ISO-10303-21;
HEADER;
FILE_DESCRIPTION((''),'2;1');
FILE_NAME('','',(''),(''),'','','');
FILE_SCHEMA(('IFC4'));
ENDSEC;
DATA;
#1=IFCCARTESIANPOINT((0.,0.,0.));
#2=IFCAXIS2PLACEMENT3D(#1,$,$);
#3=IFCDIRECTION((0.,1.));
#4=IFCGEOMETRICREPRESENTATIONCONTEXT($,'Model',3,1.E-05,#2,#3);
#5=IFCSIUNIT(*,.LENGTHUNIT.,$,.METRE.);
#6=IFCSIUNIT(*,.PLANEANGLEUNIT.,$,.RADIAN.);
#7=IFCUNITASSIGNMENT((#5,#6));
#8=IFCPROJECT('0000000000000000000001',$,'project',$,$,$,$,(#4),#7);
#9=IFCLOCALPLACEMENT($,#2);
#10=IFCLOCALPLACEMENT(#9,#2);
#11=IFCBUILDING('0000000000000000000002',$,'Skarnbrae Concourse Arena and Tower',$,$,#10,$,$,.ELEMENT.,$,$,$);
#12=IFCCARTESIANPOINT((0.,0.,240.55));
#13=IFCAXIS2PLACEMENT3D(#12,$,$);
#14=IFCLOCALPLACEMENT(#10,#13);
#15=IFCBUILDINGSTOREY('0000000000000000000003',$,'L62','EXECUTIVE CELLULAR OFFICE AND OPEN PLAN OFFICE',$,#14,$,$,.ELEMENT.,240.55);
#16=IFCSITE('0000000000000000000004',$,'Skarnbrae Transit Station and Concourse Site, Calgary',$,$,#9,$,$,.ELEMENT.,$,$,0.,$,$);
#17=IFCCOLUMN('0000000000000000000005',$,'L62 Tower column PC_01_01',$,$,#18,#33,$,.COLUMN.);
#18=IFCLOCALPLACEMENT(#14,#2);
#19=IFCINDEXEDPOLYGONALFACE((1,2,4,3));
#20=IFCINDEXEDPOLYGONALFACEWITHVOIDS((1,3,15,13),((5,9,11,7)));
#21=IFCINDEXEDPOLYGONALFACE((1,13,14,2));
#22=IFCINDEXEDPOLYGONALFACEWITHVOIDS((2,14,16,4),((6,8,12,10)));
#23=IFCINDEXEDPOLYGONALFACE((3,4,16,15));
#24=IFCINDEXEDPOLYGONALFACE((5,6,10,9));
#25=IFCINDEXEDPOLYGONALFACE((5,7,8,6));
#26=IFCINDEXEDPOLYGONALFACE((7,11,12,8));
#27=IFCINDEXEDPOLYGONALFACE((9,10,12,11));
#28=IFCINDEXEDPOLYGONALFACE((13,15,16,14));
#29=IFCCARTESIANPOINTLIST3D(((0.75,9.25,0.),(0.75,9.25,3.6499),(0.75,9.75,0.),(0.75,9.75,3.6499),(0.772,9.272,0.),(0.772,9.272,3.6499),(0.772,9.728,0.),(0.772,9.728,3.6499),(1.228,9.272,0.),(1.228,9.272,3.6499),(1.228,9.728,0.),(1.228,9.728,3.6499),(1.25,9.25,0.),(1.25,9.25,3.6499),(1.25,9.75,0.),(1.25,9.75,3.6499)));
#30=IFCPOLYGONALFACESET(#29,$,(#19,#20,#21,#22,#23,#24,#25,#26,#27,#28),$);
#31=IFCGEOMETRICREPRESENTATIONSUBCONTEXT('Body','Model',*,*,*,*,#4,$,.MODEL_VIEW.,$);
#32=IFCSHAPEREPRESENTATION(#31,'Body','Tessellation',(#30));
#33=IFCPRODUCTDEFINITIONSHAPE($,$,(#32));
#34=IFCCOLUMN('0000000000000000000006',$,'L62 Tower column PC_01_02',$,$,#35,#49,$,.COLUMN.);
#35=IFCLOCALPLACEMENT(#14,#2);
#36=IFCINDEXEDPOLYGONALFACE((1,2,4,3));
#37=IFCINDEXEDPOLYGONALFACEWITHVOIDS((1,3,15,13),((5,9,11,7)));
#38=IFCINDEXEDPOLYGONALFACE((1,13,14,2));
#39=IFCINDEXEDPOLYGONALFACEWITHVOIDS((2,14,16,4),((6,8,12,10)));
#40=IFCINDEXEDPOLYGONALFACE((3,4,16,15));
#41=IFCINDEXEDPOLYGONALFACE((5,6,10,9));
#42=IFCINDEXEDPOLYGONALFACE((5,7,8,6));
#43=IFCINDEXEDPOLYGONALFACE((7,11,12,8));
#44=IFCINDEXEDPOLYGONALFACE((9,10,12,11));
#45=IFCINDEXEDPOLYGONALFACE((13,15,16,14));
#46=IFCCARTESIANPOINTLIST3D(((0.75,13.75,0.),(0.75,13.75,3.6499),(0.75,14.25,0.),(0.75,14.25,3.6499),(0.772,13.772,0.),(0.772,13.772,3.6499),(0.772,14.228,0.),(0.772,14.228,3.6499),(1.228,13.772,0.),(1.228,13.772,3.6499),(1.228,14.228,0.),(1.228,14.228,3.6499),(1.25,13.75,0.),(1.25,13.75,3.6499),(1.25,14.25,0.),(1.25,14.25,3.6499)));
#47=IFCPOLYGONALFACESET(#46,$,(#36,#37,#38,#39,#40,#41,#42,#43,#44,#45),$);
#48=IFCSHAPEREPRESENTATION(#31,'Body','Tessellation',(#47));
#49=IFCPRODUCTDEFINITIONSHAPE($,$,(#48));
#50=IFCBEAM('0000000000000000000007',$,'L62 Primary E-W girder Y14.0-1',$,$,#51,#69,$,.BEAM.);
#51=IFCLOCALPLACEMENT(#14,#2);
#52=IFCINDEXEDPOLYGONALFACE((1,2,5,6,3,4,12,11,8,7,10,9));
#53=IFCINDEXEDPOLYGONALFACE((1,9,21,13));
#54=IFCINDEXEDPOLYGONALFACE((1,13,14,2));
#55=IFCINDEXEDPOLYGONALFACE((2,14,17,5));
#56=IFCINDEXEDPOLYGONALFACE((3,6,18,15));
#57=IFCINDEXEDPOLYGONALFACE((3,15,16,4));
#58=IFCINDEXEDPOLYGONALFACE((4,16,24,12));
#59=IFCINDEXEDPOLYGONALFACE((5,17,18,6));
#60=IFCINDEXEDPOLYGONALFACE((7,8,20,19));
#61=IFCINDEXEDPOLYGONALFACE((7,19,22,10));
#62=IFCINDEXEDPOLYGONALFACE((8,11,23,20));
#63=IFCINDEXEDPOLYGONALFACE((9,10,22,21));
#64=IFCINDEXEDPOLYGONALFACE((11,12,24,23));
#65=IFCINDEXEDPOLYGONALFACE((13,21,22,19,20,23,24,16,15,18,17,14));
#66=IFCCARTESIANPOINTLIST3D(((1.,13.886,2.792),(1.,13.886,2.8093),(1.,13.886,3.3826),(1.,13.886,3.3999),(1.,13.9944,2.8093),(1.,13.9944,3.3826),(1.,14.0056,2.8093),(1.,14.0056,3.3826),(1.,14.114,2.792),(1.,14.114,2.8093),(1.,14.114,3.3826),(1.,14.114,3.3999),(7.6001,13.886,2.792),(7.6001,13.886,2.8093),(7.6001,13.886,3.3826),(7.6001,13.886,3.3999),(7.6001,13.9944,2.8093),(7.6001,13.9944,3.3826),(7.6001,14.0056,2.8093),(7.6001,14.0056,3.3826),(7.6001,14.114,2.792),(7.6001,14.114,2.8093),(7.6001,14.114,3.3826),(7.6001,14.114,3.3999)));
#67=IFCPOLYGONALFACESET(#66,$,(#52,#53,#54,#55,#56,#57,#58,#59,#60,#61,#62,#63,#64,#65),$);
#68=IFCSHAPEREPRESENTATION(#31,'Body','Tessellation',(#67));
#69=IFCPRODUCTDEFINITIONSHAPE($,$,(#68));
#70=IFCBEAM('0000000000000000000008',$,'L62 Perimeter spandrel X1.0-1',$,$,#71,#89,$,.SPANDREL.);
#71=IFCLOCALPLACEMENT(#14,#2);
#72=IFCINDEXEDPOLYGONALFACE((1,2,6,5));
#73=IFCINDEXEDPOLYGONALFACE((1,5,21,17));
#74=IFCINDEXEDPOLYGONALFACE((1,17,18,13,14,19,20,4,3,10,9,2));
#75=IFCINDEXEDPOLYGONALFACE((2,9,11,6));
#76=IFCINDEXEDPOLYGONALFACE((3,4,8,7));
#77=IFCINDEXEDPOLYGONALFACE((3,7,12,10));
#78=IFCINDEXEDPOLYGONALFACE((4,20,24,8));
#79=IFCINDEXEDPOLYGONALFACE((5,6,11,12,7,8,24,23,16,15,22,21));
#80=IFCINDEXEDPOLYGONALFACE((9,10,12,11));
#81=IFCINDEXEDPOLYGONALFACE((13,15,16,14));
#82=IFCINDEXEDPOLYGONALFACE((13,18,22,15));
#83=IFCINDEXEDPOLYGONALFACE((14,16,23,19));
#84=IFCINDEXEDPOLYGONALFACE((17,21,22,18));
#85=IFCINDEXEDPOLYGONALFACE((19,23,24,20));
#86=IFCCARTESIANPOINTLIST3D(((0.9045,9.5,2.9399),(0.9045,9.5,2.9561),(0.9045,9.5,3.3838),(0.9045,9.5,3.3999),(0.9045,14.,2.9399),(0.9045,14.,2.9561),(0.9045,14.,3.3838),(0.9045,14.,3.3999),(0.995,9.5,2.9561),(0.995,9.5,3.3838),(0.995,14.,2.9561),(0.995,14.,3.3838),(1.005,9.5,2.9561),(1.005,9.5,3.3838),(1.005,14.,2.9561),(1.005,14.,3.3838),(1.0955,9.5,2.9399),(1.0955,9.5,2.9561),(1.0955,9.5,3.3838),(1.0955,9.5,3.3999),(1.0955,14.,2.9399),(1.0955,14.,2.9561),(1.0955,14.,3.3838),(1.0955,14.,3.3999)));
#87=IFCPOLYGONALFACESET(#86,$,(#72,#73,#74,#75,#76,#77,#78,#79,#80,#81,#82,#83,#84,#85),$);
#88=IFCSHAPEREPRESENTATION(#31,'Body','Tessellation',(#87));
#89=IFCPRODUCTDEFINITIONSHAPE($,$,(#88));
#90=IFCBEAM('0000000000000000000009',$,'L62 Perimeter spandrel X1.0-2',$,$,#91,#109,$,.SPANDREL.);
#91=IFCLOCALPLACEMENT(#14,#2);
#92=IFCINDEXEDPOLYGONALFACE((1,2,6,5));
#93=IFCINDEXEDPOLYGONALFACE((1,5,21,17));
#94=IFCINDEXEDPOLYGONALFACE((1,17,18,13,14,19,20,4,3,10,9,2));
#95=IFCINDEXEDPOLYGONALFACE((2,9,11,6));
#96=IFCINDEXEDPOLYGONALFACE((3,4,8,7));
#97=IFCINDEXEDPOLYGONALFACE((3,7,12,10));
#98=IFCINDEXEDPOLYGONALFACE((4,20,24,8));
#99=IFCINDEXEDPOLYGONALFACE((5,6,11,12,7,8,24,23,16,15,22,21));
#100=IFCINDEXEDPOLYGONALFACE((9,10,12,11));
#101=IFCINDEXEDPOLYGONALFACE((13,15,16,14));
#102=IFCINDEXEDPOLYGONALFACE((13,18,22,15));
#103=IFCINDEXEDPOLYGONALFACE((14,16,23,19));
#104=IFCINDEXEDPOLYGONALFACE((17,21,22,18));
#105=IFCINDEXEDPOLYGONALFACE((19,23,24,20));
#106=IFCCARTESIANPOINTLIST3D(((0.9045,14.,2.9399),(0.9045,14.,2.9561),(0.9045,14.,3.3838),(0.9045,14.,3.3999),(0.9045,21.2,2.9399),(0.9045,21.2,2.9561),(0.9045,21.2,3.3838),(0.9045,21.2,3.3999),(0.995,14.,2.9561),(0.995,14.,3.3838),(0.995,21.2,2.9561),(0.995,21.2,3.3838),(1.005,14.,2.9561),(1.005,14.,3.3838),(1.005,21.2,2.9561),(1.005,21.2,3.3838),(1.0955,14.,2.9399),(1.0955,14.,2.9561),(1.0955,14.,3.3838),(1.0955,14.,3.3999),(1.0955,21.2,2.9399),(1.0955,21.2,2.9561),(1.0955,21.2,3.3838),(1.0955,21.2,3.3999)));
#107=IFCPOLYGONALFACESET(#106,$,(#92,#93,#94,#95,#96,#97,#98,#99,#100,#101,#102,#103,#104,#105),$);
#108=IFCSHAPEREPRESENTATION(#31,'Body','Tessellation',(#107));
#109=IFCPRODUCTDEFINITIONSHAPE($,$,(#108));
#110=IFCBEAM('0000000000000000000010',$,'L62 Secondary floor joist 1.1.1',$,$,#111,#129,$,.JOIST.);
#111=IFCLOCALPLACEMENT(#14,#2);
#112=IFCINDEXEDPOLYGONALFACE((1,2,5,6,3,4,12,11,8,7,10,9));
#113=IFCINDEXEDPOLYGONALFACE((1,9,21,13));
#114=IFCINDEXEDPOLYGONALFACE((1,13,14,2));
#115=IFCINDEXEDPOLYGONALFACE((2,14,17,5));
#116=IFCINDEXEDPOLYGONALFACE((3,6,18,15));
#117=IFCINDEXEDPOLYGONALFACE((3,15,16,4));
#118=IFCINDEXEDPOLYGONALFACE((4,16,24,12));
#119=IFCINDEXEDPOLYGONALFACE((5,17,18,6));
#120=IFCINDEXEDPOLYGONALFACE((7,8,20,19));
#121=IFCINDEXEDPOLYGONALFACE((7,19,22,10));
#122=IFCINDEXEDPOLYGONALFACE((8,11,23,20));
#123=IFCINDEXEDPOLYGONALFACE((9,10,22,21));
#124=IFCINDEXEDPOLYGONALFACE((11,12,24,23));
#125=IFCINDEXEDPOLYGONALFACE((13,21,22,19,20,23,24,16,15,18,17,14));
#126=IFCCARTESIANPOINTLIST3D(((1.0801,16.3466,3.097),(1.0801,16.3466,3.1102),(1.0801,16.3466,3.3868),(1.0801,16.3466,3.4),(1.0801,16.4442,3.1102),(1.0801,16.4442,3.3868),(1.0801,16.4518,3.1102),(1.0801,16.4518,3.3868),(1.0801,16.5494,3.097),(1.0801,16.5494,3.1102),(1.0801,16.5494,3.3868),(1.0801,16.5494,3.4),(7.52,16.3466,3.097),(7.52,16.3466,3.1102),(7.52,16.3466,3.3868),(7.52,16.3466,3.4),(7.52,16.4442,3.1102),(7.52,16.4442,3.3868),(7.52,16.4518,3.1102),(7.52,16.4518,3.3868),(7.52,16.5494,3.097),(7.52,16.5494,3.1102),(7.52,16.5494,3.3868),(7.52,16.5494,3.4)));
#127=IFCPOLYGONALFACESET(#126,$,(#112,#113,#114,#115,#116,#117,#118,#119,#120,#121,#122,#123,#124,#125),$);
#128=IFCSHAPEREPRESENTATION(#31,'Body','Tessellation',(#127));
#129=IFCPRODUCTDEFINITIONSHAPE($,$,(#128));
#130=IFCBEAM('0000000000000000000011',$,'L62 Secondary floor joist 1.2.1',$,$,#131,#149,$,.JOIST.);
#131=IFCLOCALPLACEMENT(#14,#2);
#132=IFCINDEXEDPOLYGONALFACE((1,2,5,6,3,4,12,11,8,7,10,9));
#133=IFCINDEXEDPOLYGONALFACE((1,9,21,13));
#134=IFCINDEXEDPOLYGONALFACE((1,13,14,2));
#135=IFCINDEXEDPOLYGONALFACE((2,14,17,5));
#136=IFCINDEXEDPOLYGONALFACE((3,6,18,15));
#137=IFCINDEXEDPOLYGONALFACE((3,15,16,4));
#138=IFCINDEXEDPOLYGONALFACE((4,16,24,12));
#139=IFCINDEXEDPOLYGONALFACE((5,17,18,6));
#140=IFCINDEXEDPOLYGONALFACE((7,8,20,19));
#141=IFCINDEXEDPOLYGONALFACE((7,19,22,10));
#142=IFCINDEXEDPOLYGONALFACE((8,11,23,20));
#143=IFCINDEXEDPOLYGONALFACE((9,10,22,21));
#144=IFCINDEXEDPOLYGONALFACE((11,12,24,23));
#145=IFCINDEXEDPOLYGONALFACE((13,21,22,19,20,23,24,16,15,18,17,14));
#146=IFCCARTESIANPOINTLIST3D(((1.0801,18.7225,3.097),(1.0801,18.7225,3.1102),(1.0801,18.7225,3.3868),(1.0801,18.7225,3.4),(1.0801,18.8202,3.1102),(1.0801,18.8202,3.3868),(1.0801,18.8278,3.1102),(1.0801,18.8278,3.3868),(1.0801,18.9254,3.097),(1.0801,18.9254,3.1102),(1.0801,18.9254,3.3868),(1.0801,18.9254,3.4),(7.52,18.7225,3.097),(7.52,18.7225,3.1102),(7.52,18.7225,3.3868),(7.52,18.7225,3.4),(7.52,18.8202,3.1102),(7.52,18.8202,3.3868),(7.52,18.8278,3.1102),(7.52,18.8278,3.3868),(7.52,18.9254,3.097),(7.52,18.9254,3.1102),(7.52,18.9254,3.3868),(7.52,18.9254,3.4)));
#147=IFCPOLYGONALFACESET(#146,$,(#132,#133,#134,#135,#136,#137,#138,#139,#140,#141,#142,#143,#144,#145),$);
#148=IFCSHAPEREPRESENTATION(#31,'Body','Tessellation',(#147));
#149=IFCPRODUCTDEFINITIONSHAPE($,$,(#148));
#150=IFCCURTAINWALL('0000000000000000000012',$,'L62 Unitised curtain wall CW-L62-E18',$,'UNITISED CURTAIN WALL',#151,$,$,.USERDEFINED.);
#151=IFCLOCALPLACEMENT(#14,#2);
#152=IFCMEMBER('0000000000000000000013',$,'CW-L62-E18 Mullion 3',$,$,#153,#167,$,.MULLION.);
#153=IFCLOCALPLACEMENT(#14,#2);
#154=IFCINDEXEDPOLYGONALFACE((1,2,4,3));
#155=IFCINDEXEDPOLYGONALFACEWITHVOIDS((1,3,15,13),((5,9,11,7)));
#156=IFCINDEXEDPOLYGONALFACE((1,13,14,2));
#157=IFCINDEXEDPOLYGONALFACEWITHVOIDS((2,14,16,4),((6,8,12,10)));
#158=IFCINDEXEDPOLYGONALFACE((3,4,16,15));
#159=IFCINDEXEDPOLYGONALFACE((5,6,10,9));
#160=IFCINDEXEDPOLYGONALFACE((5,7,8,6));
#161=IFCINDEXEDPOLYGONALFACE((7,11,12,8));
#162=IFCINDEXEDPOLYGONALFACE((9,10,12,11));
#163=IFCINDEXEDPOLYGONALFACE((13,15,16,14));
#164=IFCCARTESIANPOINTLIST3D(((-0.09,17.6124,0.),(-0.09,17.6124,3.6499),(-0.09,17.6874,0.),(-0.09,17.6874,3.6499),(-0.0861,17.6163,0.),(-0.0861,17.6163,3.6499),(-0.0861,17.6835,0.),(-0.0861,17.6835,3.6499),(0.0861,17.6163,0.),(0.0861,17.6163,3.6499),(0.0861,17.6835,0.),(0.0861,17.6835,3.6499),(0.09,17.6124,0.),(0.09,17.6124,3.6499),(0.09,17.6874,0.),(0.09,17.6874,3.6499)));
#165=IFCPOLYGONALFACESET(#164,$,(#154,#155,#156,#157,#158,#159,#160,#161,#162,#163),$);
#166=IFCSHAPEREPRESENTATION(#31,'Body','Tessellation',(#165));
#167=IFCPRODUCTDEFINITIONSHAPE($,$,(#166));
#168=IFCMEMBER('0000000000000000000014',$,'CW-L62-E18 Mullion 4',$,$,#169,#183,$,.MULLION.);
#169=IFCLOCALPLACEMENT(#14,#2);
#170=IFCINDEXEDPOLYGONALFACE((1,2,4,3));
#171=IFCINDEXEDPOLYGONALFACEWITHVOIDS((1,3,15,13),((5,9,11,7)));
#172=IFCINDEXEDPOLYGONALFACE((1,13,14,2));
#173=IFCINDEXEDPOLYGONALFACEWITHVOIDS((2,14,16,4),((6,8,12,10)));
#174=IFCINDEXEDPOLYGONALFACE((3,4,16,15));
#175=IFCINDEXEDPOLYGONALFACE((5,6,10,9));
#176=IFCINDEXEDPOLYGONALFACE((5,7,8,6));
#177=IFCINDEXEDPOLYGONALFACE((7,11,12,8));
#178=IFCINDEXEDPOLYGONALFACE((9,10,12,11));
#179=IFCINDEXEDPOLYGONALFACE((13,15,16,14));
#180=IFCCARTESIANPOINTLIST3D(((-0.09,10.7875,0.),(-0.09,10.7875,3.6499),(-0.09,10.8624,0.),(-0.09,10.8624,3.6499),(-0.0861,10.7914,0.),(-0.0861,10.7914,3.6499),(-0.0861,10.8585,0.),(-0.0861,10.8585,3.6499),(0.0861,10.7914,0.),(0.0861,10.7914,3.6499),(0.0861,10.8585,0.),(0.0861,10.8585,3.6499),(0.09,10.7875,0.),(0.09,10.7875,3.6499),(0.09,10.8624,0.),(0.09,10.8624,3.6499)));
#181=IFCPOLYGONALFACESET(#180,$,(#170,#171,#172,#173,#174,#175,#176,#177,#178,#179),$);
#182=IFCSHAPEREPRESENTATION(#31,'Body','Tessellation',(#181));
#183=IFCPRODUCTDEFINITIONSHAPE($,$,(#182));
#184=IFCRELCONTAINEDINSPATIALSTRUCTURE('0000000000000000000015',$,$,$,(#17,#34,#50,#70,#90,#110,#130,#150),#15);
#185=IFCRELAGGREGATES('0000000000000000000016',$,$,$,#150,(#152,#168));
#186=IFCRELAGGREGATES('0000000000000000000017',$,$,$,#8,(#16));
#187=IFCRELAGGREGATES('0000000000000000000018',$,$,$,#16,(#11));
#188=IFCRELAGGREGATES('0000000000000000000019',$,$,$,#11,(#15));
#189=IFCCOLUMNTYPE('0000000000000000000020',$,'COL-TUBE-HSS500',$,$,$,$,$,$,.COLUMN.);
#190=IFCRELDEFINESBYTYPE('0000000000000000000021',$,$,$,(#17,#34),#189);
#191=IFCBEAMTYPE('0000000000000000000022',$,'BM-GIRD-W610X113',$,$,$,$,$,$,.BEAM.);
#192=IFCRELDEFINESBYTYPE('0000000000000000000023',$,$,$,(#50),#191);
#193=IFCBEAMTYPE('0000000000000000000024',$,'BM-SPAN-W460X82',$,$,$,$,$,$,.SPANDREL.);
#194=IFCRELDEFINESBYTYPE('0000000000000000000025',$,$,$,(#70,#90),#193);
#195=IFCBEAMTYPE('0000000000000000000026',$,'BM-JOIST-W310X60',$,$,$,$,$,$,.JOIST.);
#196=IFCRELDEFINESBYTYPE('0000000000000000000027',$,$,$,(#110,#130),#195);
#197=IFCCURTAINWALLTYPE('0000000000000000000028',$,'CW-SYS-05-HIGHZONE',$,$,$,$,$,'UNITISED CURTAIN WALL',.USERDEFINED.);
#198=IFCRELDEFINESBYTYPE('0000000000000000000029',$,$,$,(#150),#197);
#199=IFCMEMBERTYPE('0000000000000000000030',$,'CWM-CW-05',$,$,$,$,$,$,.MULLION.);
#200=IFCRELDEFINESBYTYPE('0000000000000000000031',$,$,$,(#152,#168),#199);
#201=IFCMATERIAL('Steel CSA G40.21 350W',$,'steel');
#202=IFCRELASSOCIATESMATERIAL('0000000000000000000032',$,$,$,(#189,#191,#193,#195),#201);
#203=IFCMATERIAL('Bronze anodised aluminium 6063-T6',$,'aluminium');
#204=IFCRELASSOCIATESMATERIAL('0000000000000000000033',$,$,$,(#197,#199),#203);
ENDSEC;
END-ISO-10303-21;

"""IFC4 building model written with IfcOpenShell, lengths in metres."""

from ifc_helpers import new_model, si_unit, direction, frame, origin, origin_2d, place, context, subcontext, project, spatial, hollow_rectangle, i_section, extrude, source, transform, mapped, material, material_profile, profile_set, type_object, element, aggregate, save


model = new_model("IFC4")

# Units and contexts
model_context = context("Model", 3, precision=1e-05, world=origin(), true_north=direction((0.0, 1.0)))
body_context = subcontext(model_context, "Body", "Model", "MODEL_VIEW")
ifc_project = project(units=[si_unit("LENGTHUNIT", "METRE"), si_unit("PLANEANGLEUNIT", "RADIAN")], contexts=[model_context])

# Site, building, storey
site_placement = place(None, origin())
site = spatial("IfcSite", under=ifc_project, at=site_placement, Name="Skarnbrae Transit Station and Concourse Site, Calgary", CompositionType="ELEMENT", RefElevation=0.0)
building_placement = place(site_placement, origin())
building = spatial("IfcBuilding", under=site, at=building_placement, Name="Skarnbrae Concourse Arena and Tower", CompositionType="ELEMENT")
storey_placement = place(building_placement, frame((0.0, 0.0, 240.55)))
storey = spatial("IfcBuildingStorey", under=building, at=storey_placement, Name="L62", Description="EXECUTIVE CELLULAR OFFICE AND OPEN PLAN OFFICE", CompositionType="ELEMENT", Elevation=240.55)

# Columns
ifc_material_1 = material(Name="Steel CSA G40.21 350W", Category="steel")
ifc_material_profile_1 = material_profile(ifc_material_1, hollow_rectangle(XDim=0.5, YDim=0.5, WallThickness=0.022, at=origin_2d()), Name="HSS500X500X22.0")
ifc_profile_set_1 = profile_set([ifc_material_profile_1], Name="Steel CSA G40.21 350W")
column_type = type_object("IfcColumnType", Name="COL-TUBE-HSS500", PredefinedType="COLUMN", material=ifc_profile_set_1)
shared_shape_1 = source(origin(), body_context, "Body", "SweptSolid", [
    extrude(hollow_rectangle(XDim=0.5, YDim=0.5, WallThickness=0.022, at=origin_2d()), origin(), (0.0, 0.0, 1.0), 3.6499),
])
for number, where, z_axis, x_axis, name in (
    (1, (1.0, 9.5, 0.0), (0.0, 0.0, 1.0), (1.0, 0.0, 0.0), "L62 Tower column PC_01_01"),
    (2, (1.0, 14.0, 0.0), (0.0, 0.0, 1.0), (1.0, 0.0, 0.0), "L62 Tower column PC_01_02"),
):
    element("IfcColumn", number, at=place(storey_placement, frame(where, z_axis=z_axis, x_axis=x_axis)), inside=storey, type_object=column_type, Name=name, PredefinedType="COLUMN", context=body_context, shape_type="MappedRepresentation", body=[
        mapped(shared_shape_1, transform((0.0, 0.0, 0.0))),
    ])

# Beams
ifc_material_profile_2 = material_profile(ifc_material_1, i_section(OverallWidth=0.228, OverallDepth=0.6079, WebThickness=0.0112, FlangeThickness=0.0173, at=origin_2d()), Name="W610X113")
ifc_profile_set_2 = profile_set([ifc_material_profile_2], Name="Steel CSA G40.21 350W")
beam_type_1 = type_object("IfcBeamType", Name="BM-GIRD-W610X113", PredefinedType="BEAM", material=ifc_profile_set_2)
shared_shape_2 = source(origin(), body_context, "Body", "SweptSolid", [
    extrude(i_section(OverallWidth=0.228, OverallDepth=0.6079, WebThickness=0.0112, FlangeThickness=0.0173, at=origin_2d()), origin(), (0.0, 0.0, 1.0), 6.6001),
])
beam_1_placement = place(storey_placement, frame((1.0, 14.0, 3.0959), z_axis=(1.0, 0.0, 0.0), x_axis=(0.0, 1.0, 0.0)))
element("IfcBeam", 3, at=beam_1_placement, inside=storey, type_object=beam_type_1, Name="L62 Primary E-W girder Y14.0-1", PredefinedType="BEAM", context=body_context, shape_type="MappedRepresentation", body=[
    mapped(shared_shape_2, transform((0.0, 0.0, 0.0))),
])
ifc_material_profile_3 = material_profile(ifc_material_1, i_section(OverallWidth=0.1909, OverallDepth=0.46, WebThickness=0.01, FlangeThickness=0.0161, at=origin_2d()), Name="W460X82")
ifc_profile_set_3 = profile_set([ifc_material_profile_3], Name="Steel CSA G40.21 350W")
beam_type_2 = type_object("IfcBeamType", Name="BM-SPAN-W460X82", PredefinedType="SPANDREL", material=ifc_profile_set_3)
shared_shape_3 = source(origin(), body_context, "Body", "SweptSolid", [
    extrude(i_section(OverallWidth=0.1909, OverallDepth=0.46, WebThickness=0.01, FlangeThickness=0.0161, at=origin_2d()), origin(), (0.0, 0.0, 1.0), 4.5),
])
beam_2_placement = place(storey_placement, frame((1.0, 9.5, 3.1699), z_axis=(0.0, 1.0, 0.0), x_axis=(-1.0, 0.0, 0.0)))
element("IfcBeam", 4, at=beam_2_placement, inside=storey, type_object=beam_type_2, Name="L62 Perimeter spandrel X1.0-1", PredefinedType="SPANDREL", context=body_context, shape_type="MappedRepresentation", body=[
    mapped(shared_shape_3, transform((0.0, 0.0, 0.0))),
])
shared_shape_4 = source(origin(), body_context, "Body", "SweptSolid", [
    extrude(i_section(OverallWidth=0.1909, OverallDepth=0.46, WebThickness=0.01, FlangeThickness=0.0161, at=origin_2d()), origin(), (0.0, 0.0, 1.0), 7.2),
])
beam_3_placement = place(storey_placement, frame((1.0, 14.0, 3.1699), z_axis=(0.0, 1.0, 0.0), x_axis=(-1.0, 0.0, 0.0)))
element("IfcBeam", 5, at=beam_3_placement, inside=storey, type_object=beam_type_2, Name="L62 Perimeter spandrel X1.0-2", PredefinedType="SPANDREL", context=body_context, shape_type="MappedRepresentation", body=[
    mapped(shared_shape_4, transform((0.0, 0.0, 0.0))),
])
ifc_material_profile_4 = material_profile(ifc_material_1, i_section(OverallWidth=0.2029, OverallDepth=0.303, WebThickness=0.0076, FlangeThickness=0.0132, at=origin_2d()), Name="W310X60")
ifc_profile_set_4 = profile_set([ifc_material_profile_4], Name="Steel CSA G40.21 350W")
beam_type_3 = type_object("IfcBeamType", Name="BM-JOIST-W310X60", PredefinedType="JOIST", material=ifc_profile_set_4)
shared_shape_5 = source(origin(), body_context, "Body", "SweptSolid", [
    extrude(i_section(OverallWidth=0.2029, OverallDepth=0.303, WebThickness=0.0076, FlangeThickness=0.0132, at=origin_2d()), origin(), (0.0, 0.0, 1.0), 6.4399),
])
for number, where, z_axis, x_axis, name in (
    (6, (1.0801, 16.448, 3.2485), (1.0, 0.0, 0.0), (0.0, 1.0, 0.0), "L62 Secondary floor joist 1.1.1"),
    (7, (1.0801, 18.824, 3.2485), (1.0, 0.0, 0.0), (0.0, 1.0, 0.0), "L62 Secondary floor joist 1.2.1"),
):
    element("IfcBeam", number, at=place(storey_placement, frame(where, z_axis=z_axis, x_axis=x_axis)), inside=storey, type_object=beam_type_3, Name=name, PredefinedType="JOIST", context=body_context, shape_type="MappedRepresentation", body=[
        mapped(shared_shape_5, transform((0.0, 0.0, 0.0))),
    ])

# Curtain wall, members
ifc_material_2 = material(Name="Bronze anodised aluminium 6063-T6", Category="aluminium")
curtain_wall_type = type_object("IfcCurtainWallType", Name="CW-SYS-05-HIGHZONE", ElementType="UNITISED CURTAIN WALL", PredefinedType="USERDEFINED", material=ifc_material_2)
curtain_wall_placement = place(storey_placement, origin())
curtain_wall = element("IfcCurtainWall", 8, at=curtain_wall_placement, inside=storey, type_object=curtain_wall_type, Name="L62 Unitised curtain wall CW-L62-E18", ObjectType="UNITISED CURTAIN WALL", PredefinedType="USERDEFINED")
ifc_material_profile_5 = material_profile(ifc_material_2, hollow_rectangle(XDim=0.075, YDim=0.1799, WallThickness=0.0039, at=origin_2d()), Name="ALU-MULL-75X180")
ifc_profile_set_5 = profile_set([ifc_material_profile_5], Name="Bronze anodised aluminium 6063-T6")
member_type_1 = type_object("IfcMemberType", Name="CWM-CW-05", PredefinedType="MULLION", material=ifc_profile_set_5)
shared_shape_6 = source(origin(), body_context, "Body", "SweptSolid", [
    extrude(hollow_rectangle(XDim=0.075, YDim=0.1799, WallThickness=0.0039, at=origin_2d()), origin(), (0.0, 0.0, 1.0), 3.6499),
])
member_1_placement = place(storey_placement, frame((0.0, 17.6499, 0.0), z_axis=(0.0, 0.0, 1.0), x_axis=(0.0, -1.0, 0.0)))
member_1 = element("IfcMember", 9, at=member_1_placement, type_object=member_type_1, Name="CW-L62-E18 Mullion 3", PredefinedType="MULLION", context=body_context, shape_type="MappedRepresentation", body=[
    mapped(shared_shape_6, transform((0.0, 0.0, 0.0))),
])
member_2_placement = place(storey_placement, frame((0.0, 10.825, 0.0), z_axis=(0.0, 0.0, 1.0), x_axis=(0.0, -1.0, 0.0)))
member_2 = element("IfcMember", 10, at=member_2_placement, type_object=member_type_1, Name="CW-L62-E18 Mullion 4", PredefinedType="MULLION", context=body_context, shape_type="MappedRepresentation", body=[
    mapped(shared_shape_6, transform((0.0, 0.0, 0.0))),
])
aggregate(curtain_wall, [member_1, member_2])

save(model, "model.ifc")
